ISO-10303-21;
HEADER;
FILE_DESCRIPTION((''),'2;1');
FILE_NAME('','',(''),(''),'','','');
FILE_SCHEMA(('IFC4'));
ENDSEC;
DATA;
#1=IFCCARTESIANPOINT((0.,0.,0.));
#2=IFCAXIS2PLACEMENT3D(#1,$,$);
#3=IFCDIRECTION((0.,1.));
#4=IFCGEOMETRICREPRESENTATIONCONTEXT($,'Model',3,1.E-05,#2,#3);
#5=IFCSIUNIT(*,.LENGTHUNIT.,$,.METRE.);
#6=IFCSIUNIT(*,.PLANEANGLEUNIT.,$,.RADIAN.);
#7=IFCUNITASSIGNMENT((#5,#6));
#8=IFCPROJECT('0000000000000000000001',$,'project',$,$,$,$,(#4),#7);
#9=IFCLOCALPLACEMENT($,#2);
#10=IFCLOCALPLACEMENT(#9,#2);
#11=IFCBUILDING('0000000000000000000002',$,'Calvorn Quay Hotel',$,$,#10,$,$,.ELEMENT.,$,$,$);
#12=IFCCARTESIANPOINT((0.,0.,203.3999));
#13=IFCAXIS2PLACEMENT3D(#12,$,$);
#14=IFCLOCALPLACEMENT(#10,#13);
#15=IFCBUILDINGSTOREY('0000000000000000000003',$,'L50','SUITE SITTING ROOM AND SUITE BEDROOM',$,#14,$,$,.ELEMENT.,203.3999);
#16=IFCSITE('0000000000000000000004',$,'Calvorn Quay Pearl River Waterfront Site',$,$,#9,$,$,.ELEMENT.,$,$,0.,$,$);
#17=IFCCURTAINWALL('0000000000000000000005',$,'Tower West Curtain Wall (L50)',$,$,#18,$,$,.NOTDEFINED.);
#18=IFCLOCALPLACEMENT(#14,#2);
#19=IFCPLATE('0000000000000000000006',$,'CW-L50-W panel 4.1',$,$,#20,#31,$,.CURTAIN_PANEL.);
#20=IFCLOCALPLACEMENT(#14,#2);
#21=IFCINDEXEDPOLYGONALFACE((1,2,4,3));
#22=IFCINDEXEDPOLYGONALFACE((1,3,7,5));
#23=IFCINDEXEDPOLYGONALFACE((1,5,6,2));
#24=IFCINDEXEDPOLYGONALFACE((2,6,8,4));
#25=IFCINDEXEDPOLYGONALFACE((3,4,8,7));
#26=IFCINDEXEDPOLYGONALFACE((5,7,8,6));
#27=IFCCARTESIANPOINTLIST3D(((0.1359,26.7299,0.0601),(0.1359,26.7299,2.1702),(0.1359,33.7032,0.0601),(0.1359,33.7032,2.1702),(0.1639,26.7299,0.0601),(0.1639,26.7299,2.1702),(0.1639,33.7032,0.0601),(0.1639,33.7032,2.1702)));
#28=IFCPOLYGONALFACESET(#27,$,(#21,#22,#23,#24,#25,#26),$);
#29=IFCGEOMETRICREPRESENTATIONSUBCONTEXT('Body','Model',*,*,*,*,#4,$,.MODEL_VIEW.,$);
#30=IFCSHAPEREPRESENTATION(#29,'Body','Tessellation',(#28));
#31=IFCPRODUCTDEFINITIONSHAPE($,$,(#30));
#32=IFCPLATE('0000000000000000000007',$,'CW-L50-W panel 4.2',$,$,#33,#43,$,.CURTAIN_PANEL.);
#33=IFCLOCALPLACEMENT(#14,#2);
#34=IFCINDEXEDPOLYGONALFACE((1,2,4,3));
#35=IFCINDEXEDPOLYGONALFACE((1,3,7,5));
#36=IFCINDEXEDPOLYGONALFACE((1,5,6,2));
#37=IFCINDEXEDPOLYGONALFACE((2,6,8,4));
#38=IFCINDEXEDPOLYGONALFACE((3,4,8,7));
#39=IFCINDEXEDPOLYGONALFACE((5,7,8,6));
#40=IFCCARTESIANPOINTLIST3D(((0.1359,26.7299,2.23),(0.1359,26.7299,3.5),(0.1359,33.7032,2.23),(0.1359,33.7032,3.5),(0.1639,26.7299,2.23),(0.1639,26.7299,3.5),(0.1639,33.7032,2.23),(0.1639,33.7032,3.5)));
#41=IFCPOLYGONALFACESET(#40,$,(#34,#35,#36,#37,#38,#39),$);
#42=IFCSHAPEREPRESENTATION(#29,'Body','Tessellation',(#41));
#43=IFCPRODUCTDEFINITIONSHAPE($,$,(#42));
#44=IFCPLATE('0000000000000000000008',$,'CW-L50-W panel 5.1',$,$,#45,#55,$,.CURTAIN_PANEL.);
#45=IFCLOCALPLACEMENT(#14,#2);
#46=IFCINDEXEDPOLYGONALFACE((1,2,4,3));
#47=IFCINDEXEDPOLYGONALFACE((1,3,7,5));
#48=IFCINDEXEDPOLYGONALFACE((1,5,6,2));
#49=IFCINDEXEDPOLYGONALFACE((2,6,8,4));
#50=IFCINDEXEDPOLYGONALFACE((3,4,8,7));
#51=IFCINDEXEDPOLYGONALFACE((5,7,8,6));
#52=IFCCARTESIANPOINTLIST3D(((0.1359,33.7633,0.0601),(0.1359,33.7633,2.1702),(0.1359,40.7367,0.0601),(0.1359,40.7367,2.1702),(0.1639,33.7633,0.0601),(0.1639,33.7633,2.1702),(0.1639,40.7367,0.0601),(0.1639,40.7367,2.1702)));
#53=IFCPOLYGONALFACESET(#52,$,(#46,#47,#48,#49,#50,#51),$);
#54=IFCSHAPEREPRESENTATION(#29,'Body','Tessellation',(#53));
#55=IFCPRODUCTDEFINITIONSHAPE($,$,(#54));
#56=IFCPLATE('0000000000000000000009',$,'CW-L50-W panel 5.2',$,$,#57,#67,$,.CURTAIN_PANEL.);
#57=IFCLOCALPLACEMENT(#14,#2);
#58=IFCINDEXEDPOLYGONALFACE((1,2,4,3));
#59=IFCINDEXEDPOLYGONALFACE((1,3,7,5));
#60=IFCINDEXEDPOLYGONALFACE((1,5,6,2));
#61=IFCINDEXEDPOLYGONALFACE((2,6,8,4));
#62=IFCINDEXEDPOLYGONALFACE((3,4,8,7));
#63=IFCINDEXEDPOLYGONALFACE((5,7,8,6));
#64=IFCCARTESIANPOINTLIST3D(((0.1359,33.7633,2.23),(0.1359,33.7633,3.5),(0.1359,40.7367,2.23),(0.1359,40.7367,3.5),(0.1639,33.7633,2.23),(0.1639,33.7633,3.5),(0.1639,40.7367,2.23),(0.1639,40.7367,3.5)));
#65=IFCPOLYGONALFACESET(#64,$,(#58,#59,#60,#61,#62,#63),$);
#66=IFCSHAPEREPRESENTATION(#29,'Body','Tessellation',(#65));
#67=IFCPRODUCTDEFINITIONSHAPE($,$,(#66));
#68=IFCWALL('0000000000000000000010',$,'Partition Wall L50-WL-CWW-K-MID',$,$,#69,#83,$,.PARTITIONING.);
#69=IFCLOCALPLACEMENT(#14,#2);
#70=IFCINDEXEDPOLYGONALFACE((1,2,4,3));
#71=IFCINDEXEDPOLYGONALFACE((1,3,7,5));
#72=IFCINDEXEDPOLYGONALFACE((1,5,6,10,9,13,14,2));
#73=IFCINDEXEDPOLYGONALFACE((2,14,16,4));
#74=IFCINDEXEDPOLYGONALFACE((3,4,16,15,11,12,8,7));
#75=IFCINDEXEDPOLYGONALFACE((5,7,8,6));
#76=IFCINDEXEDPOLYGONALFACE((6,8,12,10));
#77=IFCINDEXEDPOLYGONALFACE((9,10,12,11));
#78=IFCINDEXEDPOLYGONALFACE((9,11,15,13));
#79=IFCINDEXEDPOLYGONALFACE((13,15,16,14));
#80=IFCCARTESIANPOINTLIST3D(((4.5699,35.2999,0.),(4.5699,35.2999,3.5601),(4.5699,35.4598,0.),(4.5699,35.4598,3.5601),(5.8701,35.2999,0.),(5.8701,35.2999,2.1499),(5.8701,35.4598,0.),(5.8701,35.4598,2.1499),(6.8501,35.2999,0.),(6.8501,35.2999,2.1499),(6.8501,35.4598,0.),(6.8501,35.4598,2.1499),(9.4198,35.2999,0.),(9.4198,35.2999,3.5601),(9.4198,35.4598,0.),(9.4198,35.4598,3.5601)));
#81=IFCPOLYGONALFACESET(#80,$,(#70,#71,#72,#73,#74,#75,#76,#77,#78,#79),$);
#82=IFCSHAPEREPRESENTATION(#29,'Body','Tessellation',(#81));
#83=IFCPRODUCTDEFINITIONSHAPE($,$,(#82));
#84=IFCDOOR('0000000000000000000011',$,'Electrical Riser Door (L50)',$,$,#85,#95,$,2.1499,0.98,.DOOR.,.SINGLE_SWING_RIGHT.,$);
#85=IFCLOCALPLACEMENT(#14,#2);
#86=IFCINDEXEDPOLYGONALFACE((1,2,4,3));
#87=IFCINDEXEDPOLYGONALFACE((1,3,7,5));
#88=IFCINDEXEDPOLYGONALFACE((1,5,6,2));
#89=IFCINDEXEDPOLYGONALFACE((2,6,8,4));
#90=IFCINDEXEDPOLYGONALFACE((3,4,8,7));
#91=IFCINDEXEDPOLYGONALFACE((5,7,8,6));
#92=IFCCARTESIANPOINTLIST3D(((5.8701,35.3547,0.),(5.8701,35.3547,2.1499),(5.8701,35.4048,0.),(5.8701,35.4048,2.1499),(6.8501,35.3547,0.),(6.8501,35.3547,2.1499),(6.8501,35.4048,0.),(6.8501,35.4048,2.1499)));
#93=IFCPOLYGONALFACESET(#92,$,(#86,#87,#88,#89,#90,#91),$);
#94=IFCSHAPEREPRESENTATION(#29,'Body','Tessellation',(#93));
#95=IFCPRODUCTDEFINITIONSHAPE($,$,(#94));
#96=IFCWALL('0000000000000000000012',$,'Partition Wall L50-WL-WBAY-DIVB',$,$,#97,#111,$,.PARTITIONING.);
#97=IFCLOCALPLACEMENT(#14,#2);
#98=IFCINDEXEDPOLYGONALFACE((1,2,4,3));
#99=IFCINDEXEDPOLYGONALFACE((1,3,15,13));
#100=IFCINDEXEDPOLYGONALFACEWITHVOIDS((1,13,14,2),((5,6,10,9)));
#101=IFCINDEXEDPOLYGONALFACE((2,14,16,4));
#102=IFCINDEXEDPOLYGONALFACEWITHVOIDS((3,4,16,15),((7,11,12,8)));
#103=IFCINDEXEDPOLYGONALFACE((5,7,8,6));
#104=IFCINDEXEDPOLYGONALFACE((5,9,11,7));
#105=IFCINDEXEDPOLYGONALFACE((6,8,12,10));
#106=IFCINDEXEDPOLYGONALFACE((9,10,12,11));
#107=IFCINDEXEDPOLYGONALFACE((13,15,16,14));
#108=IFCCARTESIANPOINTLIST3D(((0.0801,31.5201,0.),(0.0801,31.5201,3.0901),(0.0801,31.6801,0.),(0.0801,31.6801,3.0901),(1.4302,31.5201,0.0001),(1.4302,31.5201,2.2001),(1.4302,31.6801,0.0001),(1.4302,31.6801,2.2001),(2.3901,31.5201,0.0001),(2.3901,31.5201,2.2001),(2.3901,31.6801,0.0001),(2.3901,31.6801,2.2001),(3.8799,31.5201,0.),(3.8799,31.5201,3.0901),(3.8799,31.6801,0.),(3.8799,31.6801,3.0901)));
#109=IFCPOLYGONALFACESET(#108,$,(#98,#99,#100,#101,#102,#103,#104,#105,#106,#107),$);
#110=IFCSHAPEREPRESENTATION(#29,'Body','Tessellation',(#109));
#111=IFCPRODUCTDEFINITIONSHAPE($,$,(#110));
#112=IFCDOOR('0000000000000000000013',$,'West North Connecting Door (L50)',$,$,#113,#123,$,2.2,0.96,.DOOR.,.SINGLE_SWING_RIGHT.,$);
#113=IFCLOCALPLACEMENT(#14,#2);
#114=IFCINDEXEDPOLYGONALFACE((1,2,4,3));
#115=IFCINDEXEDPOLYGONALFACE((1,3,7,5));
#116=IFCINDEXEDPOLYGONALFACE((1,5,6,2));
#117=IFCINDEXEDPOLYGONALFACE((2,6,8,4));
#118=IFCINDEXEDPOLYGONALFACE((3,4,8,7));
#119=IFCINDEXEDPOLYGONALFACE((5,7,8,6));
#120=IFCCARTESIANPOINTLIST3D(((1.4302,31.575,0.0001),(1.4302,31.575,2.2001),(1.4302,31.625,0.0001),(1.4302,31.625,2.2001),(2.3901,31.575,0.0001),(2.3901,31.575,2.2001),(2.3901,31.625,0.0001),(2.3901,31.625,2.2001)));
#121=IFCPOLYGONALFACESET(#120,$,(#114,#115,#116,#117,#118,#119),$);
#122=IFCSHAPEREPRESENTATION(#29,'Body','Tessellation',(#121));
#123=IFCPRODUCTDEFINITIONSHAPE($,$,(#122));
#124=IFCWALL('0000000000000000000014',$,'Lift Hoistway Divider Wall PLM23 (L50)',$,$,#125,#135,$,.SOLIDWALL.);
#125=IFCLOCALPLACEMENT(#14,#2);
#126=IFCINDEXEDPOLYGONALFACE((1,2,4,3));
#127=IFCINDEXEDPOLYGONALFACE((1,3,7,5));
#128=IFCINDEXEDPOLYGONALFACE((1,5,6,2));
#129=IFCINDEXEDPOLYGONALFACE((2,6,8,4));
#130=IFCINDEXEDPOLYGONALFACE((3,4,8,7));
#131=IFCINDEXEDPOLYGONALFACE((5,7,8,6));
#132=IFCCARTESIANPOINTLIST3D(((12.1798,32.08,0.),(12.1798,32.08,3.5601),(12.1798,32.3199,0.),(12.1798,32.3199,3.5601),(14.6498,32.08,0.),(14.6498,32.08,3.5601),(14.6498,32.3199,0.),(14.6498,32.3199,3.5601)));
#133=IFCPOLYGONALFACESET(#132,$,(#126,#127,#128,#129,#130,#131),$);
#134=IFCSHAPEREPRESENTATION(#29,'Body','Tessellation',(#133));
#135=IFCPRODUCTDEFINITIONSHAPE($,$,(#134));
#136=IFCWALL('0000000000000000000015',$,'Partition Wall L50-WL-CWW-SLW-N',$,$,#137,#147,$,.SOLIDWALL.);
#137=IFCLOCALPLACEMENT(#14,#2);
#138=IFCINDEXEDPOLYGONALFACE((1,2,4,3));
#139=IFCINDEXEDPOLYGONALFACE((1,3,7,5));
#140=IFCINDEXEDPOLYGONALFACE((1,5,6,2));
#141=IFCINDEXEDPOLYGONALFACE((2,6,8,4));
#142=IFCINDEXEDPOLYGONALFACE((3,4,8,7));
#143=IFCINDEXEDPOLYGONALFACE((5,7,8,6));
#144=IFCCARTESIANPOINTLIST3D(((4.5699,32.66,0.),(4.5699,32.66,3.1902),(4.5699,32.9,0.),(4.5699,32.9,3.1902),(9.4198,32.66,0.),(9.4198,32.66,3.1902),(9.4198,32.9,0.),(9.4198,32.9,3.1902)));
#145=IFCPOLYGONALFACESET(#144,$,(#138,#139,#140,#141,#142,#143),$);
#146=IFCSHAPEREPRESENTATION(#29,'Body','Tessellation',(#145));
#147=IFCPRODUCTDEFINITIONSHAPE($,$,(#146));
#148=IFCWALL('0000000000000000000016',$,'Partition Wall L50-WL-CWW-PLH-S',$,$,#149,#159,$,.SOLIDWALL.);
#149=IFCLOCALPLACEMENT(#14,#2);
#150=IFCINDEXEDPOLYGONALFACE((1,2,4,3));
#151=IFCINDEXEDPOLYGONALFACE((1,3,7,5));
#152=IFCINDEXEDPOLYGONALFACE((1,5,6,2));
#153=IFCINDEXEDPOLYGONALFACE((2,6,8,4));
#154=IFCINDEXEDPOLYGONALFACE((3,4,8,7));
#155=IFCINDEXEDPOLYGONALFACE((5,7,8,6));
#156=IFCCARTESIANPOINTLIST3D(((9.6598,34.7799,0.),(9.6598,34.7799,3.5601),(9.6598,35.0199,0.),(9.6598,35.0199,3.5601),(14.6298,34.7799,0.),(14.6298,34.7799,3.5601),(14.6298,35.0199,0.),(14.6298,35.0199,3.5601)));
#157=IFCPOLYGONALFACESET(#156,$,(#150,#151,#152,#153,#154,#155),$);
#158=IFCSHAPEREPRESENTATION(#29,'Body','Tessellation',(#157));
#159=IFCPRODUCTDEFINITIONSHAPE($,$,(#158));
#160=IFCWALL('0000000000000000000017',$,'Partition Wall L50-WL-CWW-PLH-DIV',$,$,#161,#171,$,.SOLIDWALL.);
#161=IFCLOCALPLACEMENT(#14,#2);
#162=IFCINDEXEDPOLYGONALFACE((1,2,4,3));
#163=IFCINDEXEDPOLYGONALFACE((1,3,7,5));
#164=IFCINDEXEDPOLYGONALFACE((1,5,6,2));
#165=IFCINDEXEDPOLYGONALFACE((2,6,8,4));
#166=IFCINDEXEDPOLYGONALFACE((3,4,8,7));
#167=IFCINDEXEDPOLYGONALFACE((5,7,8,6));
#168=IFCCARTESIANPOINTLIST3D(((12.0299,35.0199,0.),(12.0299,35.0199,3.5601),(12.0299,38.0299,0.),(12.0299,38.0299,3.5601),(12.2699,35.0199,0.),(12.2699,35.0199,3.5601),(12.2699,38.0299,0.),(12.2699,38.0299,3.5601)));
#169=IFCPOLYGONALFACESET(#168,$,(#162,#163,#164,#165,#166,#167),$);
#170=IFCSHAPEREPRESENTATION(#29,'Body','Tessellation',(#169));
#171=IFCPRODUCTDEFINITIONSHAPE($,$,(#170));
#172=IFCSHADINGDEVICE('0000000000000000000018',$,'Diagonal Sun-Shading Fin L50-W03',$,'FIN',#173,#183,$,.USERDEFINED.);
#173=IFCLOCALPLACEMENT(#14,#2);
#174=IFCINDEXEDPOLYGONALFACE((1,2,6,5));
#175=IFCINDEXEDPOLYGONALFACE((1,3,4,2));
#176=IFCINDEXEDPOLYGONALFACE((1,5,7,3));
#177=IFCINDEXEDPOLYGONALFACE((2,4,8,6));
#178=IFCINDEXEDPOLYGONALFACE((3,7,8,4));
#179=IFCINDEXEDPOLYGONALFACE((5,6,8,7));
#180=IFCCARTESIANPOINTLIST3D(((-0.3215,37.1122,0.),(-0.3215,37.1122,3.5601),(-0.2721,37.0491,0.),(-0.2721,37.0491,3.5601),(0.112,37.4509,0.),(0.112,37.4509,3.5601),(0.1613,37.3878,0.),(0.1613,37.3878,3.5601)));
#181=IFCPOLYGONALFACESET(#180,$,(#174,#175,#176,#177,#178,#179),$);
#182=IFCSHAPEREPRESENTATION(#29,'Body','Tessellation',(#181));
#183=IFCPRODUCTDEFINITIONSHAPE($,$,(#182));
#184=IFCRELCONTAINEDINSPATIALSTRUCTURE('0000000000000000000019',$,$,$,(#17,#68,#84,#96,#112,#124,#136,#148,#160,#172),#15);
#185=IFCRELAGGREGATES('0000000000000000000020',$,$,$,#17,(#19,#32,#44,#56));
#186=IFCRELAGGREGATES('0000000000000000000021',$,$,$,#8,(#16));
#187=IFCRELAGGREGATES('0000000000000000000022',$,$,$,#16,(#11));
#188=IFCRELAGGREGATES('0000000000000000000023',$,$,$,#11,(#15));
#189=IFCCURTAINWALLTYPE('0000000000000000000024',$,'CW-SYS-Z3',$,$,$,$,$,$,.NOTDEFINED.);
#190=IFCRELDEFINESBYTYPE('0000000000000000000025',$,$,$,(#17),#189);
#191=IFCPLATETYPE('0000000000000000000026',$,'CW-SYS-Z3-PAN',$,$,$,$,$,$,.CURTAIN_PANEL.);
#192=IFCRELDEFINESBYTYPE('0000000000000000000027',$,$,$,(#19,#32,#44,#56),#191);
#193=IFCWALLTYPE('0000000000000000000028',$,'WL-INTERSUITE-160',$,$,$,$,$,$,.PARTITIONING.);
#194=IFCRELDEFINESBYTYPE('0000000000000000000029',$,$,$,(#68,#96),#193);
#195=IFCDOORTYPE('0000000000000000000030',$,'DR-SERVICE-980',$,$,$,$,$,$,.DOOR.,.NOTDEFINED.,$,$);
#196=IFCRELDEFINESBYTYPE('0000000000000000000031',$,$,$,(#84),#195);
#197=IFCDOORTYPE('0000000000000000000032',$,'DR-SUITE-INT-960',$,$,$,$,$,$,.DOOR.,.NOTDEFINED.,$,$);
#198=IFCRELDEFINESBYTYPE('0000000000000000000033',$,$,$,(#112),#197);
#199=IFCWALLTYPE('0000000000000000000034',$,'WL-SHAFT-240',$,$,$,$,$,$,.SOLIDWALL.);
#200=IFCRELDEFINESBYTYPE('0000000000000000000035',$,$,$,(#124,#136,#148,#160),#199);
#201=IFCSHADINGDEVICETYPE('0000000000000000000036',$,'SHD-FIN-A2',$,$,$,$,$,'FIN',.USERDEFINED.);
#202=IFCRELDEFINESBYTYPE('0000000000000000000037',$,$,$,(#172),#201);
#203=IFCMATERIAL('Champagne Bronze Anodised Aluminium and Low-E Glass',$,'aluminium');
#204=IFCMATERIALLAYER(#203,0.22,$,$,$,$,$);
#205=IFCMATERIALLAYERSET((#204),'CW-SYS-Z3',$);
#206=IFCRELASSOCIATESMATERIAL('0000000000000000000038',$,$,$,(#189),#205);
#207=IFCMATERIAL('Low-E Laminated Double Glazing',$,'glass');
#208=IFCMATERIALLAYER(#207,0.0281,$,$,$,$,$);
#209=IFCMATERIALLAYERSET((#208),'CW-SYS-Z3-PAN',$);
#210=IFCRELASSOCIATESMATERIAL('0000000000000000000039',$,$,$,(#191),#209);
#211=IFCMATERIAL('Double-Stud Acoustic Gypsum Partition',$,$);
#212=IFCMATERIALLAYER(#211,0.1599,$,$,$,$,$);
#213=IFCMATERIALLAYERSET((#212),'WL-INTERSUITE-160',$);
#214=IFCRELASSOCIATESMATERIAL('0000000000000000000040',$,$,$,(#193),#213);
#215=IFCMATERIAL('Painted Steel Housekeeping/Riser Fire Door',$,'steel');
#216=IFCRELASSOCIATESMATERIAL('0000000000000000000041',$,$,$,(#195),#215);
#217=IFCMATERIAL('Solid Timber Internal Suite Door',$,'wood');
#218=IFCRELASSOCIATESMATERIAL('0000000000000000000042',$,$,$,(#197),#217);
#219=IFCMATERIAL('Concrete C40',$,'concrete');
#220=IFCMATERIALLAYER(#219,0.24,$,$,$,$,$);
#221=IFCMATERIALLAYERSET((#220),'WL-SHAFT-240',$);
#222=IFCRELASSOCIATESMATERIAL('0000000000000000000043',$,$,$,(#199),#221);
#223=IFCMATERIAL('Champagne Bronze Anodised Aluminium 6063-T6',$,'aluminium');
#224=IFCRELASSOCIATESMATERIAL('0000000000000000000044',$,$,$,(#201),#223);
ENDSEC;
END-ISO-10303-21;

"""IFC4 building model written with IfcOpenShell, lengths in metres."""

from ifc_helpers import new_model, si_unit, direction, frame, frame_2d, origin, origin_2d, place, context, subcontext, project, spatial, rectangle, extrude, material, layer, layer_set, type_object, element, fill, aggregate, save


model = new_model("IFC4")

# Units and contexts
model_context = context("Model", 3, precision=1e-05, world=origin(), true_north=direction((0.0, 1.0)))
body_context = subcontext(model_context, "Body", "Model", "MODEL_VIEW")
ifc_project = project(units=[si_unit("LENGTHUNIT", "METRE"), si_unit("PLANEANGLEUNIT", "RADIAN")], contexts=[model_context])

# Site, building, storey
site_placement = place(None, origin())
site = spatial("IfcSite", under=ifc_project, at=site_placement, Name="Calvorn Quay Pearl River Waterfront Site", CompositionType="ELEMENT", RefElevation=0.0)
building_placement = place(site_placement, origin())
building = spatial("IfcBuilding", under=site, at=building_placement, Name="Calvorn Quay Hotel", CompositionType="ELEMENT")
storey_placement = place(building_placement, frame((0.0, 0.0, 203.3999)))
storey = spatial("IfcBuildingStorey", under=building, at=storey_placement, Name="L50", Description="SUITE SITTING ROOM AND SUITE BEDROOM", CompositionType="ELEMENT", Elevation=203.3999)

# Curtain wall, plates
ifc_material_1 = material(Name="Champagne Bronze Anodised Aluminium and Low-E Glass", Category="aluminium")
ifc_layer_1 = layer(ifc_material_1, 0.22)
ifc_layer_set_1 = layer_set([ifc_layer_1], Name="CW-SYS-Z3")
curtain_wall_type = type_object("IfcCurtainWallType", Name="CW-SYS-Z3", PredefinedType="NOTDEFINED", material=ifc_layer_set_1)
curtain_wall_placement = place(storey_placement, origin())
curtain_wall = element("IfcCurtainWall", 1, at=curtain_wall_placement, inside=storey, type_object=curtain_wall_type, Name="Tower West Curtain Wall (L50)", PredefinedType="NOTDEFINED")
ifc_material_2 = material(Name="Low-E Laminated Double Glazing", Category="glass")
ifc_layer_2 = layer(ifc_material_2, 0.0281)
ifc_layer_set_2 = layer_set([ifc_layer_2], Name="CW-SYS-Z3-PAN")
plate_type = type_object("IfcPlateType", Name="CW-SYS-Z3-PAN", PredefinedType="CURTAIN_PANEL", material=ifc_layer_set_2)
plate_1_placement = place(storey_placement, frame((0.1499, 30.2166, 0.0601), z_axis=(0.0, 0.0, 1.0), x_axis=(0.0, 1.0, 0.0)))
plate_1 = element("IfcPlate", 2, at=plate_1_placement, type_object=plate_type, Name="CW-L50-W panel 4.1", PredefinedType="CURTAIN_PANEL", context=body_context, shape_type="SweptSolid", body=[
    extrude(rectangle(XDim=6.9734, YDim=0.0281, at=origin_2d()), origin(), (0.0, 0.0, 1.0), 2.1101),
])
plate_2_placement = place(storey_placement, frame((0.1499, 30.2166, 2.23), z_axis=(0.0, 0.0, 1.0), x_axis=(0.0, 1.0, 0.0)))
plate_2 = element("IfcPlate", 3, at=plate_2_placement, type_object=plate_type, Name="CW-L50-W panel 4.2", PredefinedType="CURTAIN_PANEL", context=body_context, shape_type="SweptSolid", body=[
    extrude(rectangle(XDim=6.9734, YDim=0.0281, at=origin_2d()), origin(), (0.0, 0.0, 1.0), 1.27),
])
plate_3_placement = place(storey_placement, frame((0.1499, 37.25, 0.0601), z_axis=(0.0, 0.0, 1.0), x_axis=(0.0, 1.0, 0.0)))
plate_3 = element("IfcPlate", 4, at=plate_3_placement, type_object=plate_type, Name="CW-L50-W panel 5.1", PredefinedType="CURTAIN_PANEL", context=body_context, shape_type="SweptSolid", body=[
    extrude(rectangle(XDim=6.9734, YDim=0.0281, at=origin_2d()), origin(), (0.0, 0.0, 1.0), 2.1101),
])
plate_4_placement = place(storey_placement, frame((0.1499, 37.25, 2.23), z_axis=(0.0, 0.0, 1.0), x_axis=(0.0, 1.0, 0.0)))
plate_4 = element("IfcPlate", 5, at=plate_4_placement, type_object=plate_type, Name="CW-L50-W panel 5.2", PredefinedType="CURTAIN_PANEL", context=body_context, shape_type="SweptSolid", body=[
    extrude(rectangle(XDim=6.9734, YDim=0.0281, at=origin_2d()), origin(), (0.0, 0.0, 1.0), 1.27),
])
aggregate(curtain_wall, [plate_1, plate_2, plate_3, plate_4])

# Walls, openings, doors
ifc_material_3 = material(Name="Double-Stud Acoustic Gypsum Partition")
ifc_layer_3 = layer(ifc_material_3, 0.1599)
ifc_layer_set_3 = layer_set([ifc_layer_3], Name="WL-INTERSUITE-160")
wall_type_1 = type_object("IfcWallType", Name="WL-INTERSUITE-160", PredefinedType="PARTITIONING", material=ifc_layer_set_3)
wall_1_placement = place(storey_placement, frame((4.5701, 35.3799, 0.0), z_axis=(0.0, 0.0, 1.0), x_axis=(1.0, 0.0, 0.0)))
wall_1 = element("IfcWall", 6, at=wall_1_placement, inside=storey, type_object=wall_type_1, Name="Partition Wall L50-WL-CWW-K-MID", PredefinedType="PARTITIONING", context=body_context, shape_type="SweptSolid", body=[
    extrude(rectangle(XDim=4.8499, YDim=0.1599, at=frame_2d((2.4248, 0.0))), origin(), (0.0, 0.0, 1.0), 3.5601),
])
opening_1_placement = place(wall_1_placement, frame((1.3, 0.0, 0.0)))
opening_1 = element("IfcOpeningElement", 7, at=opening_1_placement, cuts=wall_1, PredefinedType="OPENING", context=body_context, shape_type="SweptSolid", body=[
    extrude(rectangle(XDim=0.98, YDim=2.1499, at=frame_2d((0.49, 1.075))), frame((0.0, 0.0898, 0.0), z_axis=(0.0, -1.0, 0.0), x_axis=(1.0, 0.0, 0.0)), (0.0, 0.0, 1.0), 0.1799),
])
ifc_material_4 = material(Name="Painted Steel Housekeeping/Riser Fire Door", Category="steel")
door_type_1 = type_object("IfcDoorType", Name="DR-SERVICE-980", OperationType="NOTDEFINED", PredefinedType="DOOR", material=ifc_material_4)
door_1_placement = place(opening_1_placement, origin())
door_1 = element("IfcDoor", 8, at=door_1_placement, inside=storey, type_object=door_type_1, Name="Electrical Riser Door (L50)", OperationType="SINGLE_SWING_RIGHT", OverallHeight=2.1499, OverallWidth=0.98, PredefinedType="DOOR", context=body_context, shape_type="SweptSolid", body=[
    extrude(rectangle(XDim=0.98, YDim=2.1499, at=frame_2d((0.49, 1.075))), frame((0.0, 0.0249, 0.0), z_axis=(0.0, -1.0, 0.0), x_axis=(1.0, 0.0, 0.0)), (0.0, 0.0, 1.0), 0.05),
])
fill(opening_1, door_1)
wall_2_placement = place(storey_placement, frame((0.0801, 31.6001, 0.0), z_axis=(0.0, 0.0, 1.0), x_axis=(1.0, 0.0, 0.0)))
wall_2 = element("IfcWall", 9, at=wall_2_placement, inside=storey, type_object=wall_type_1, Name="Partition Wall L50-WL-WBAY-DIVB", PredefinedType="PARTITIONING", context=body_context, shape_type="SweptSolid", body=[
    extrude(rectangle(XDim=3.7998, YDim=0.1599, at=frame_2d((1.8999, 0.0))), origin(), (0.0, 0.0, 1.0), 3.0901),
])
opening_2_placement = place(wall_2_placement, frame((1.3501, 0.0, 0.0)))
opening_2 = element("IfcOpeningElement", 10, at=opening_2_placement, cuts=wall_2, PredefinedType="OPENING", context=body_context, shape_type="SweptSolid", body=[
    extrude(rectangle(XDim=0.96, YDim=2.2, at=frame_2d((0.48, 1.1001))), frame((0.0, 0.0898, 0.0), z_axis=(0.0, -1.0, 0.0), x_axis=(1.0, 0.0, 0.0)), (0.0, 0.0, 1.0), 0.1799),
])
ifc_material_5 = material(Name="Solid Timber Internal Suite Door", Category="wood")
door_type_2 = type_object("IfcDoorType", Name="DR-SUITE-INT-960", OperationType="NOTDEFINED", PredefinedType="DOOR", material=ifc_material_5)
door_2_placement = place(opening_2_placement, origin())
door_2 = element("IfcDoor", 11, at=door_2_placement, inside=storey, type_object=door_type_2, Name="West North Connecting Door (L50)", OperationType="SINGLE_SWING_RIGHT", OverallHeight=2.2, OverallWidth=0.96, PredefinedType="DOOR", context=body_context, shape_type="SweptSolid", body=[
    extrude(rectangle(XDim=0.96, YDim=2.2, at=frame_2d((0.48, 1.1001))), frame((0.0, 0.0249, 0.0), z_axis=(0.0, -1.0, 0.0), x_axis=(1.0, 0.0, 0.0)), (0.0, 0.0, 1.0), 0.05),
])
fill(opening_2, door_2)

# Walls
ifc_material_6 = material(Name="Concrete C40", Category="concrete")
ifc_layer_4 = layer(ifc_material_6, 0.24)
ifc_layer_set_4 = layer_set([ifc_layer_4], Name="WL-SHAFT-240")
wall_type_2 = type_object("IfcWallType", Name="WL-SHAFT-240", PredefinedType="SOLIDWALL", material=ifc_layer_set_4)
wall_3_placement = place(storey_placement, frame((12.1799, 32.2, 0.0), z_axis=(0.0, 0.0, 1.0), x_axis=(1.0, 0.0, 0.0)))
element("IfcWall", 12, at=wall_3_placement, inside=storey, type_object=wall_type_2, Name="Lift Hoistway Divider Wall PLM23 (L50)", PredefinedType="SOLIDWALL", context=body_context, shape_type="SweptSolid", body=[
    extrude(rectangle(XDim=2.47, YDim=0.24, at=frame_2d((1.2349, 0.0))), origin(), (0.0, 0.0, 1.0), 3.5601),
])
wall_4_placement = place(storey_placement, frame((4.5701, 32.78, 0.0), z_axis=(0.0, 0.0, 1.0), x_axis=(1.0, 0.0, 0.0)))
element("IfcWall", 13, at=wall_4_placement, inside=storey, type_object=wall_type_2, Name="Partition Wall L50-WL-CWW-SLW-N", PredefinedType="SOLIDWALL", context=body_context, shape_type="SweptSolid", body=[
    extrude(rectangle(XDim=4.8499, YDim=0.24, at=frame_2d((2.4248, 0.0))), origin(), (0.0, 0.0, 1.0), 3.1902),
])
wall_5_placement = place(storey_placement, frame((9.6599, 34.8999, 0.0), z_axis=(0.0, 0.0, 1.0), x_axis=(1.0, 0.0, 0.0)))
element("IfcWall", 14, at=wall_5_placement, inside=storey, type_object=wall_type_2, Name="Partition Wall L50-WL-CWW-PLH-S", PredefinedType="SOLIDWALL", context=body_context, shape_type="SweptSolid", body=[
    extrude(rectangle(XDim=4.97, YDim=0.24, at=frame_2d((2.4849, 0.0))), origin(), (0.0, 0.0, 1.0), 3.5601),
])
wall_6_placement = place(storey_placement, frame((12.1499, 35.02, 0.0), z_axis=(0.0, 0.0, 1.0), x_axis=(0.0, 1.0, 0.0)))
element("IfcWall", 15, at=wall_6_placement, inside=storey, type_object=wall_type_2, Name="Partition Wall L50-WL-CWW-PLH-DIV", PredefinedType="SOLIDWALL", context=body_context, shape_type="SweptSolid", body=[
    extrude(rectangle(XDim=3.01, YDim=0.24, at=frame_2d((1.5049, 0.0))), origin(), (0.0, 0.0, 1.0), 3.5601),
])

# Shading device
ifc_material_7 = material(Name="Champagne Bronze Anodised Aluminium 6063-T6", Category="aluminium")
shading_device_type = type_object("IfcShadingDeviceType", Name="SHD-FIN-A2", ElementType="FIN", PredefinedType="USERDEFINED", material=ifc_material_7)
shading_device_placement = place(storey_placement, frame((-0.0801, 37.25, 0.0), z_axis=(0.0, 0.0, 1.0), x_axis=(0.788011, 0.615661, 0.0)))
element("IfcShadingDevice", 16, at=shading_device_placement, inside=storey, type_object=shading_device_type, Name="Diagonal Sun-Shading Fin L50-W03", ObjectType="FIN", PredefinedType="USERDEFINED", context=body_context, shape_type="SweptSolid", body=[
    extrude(rectangle(XDim=0.55, YDim=0.0801, at=origin_2d()), origin(), (0.0, 0.0, 1.0), 3.5601),
])

save(model, "model.ifc")
